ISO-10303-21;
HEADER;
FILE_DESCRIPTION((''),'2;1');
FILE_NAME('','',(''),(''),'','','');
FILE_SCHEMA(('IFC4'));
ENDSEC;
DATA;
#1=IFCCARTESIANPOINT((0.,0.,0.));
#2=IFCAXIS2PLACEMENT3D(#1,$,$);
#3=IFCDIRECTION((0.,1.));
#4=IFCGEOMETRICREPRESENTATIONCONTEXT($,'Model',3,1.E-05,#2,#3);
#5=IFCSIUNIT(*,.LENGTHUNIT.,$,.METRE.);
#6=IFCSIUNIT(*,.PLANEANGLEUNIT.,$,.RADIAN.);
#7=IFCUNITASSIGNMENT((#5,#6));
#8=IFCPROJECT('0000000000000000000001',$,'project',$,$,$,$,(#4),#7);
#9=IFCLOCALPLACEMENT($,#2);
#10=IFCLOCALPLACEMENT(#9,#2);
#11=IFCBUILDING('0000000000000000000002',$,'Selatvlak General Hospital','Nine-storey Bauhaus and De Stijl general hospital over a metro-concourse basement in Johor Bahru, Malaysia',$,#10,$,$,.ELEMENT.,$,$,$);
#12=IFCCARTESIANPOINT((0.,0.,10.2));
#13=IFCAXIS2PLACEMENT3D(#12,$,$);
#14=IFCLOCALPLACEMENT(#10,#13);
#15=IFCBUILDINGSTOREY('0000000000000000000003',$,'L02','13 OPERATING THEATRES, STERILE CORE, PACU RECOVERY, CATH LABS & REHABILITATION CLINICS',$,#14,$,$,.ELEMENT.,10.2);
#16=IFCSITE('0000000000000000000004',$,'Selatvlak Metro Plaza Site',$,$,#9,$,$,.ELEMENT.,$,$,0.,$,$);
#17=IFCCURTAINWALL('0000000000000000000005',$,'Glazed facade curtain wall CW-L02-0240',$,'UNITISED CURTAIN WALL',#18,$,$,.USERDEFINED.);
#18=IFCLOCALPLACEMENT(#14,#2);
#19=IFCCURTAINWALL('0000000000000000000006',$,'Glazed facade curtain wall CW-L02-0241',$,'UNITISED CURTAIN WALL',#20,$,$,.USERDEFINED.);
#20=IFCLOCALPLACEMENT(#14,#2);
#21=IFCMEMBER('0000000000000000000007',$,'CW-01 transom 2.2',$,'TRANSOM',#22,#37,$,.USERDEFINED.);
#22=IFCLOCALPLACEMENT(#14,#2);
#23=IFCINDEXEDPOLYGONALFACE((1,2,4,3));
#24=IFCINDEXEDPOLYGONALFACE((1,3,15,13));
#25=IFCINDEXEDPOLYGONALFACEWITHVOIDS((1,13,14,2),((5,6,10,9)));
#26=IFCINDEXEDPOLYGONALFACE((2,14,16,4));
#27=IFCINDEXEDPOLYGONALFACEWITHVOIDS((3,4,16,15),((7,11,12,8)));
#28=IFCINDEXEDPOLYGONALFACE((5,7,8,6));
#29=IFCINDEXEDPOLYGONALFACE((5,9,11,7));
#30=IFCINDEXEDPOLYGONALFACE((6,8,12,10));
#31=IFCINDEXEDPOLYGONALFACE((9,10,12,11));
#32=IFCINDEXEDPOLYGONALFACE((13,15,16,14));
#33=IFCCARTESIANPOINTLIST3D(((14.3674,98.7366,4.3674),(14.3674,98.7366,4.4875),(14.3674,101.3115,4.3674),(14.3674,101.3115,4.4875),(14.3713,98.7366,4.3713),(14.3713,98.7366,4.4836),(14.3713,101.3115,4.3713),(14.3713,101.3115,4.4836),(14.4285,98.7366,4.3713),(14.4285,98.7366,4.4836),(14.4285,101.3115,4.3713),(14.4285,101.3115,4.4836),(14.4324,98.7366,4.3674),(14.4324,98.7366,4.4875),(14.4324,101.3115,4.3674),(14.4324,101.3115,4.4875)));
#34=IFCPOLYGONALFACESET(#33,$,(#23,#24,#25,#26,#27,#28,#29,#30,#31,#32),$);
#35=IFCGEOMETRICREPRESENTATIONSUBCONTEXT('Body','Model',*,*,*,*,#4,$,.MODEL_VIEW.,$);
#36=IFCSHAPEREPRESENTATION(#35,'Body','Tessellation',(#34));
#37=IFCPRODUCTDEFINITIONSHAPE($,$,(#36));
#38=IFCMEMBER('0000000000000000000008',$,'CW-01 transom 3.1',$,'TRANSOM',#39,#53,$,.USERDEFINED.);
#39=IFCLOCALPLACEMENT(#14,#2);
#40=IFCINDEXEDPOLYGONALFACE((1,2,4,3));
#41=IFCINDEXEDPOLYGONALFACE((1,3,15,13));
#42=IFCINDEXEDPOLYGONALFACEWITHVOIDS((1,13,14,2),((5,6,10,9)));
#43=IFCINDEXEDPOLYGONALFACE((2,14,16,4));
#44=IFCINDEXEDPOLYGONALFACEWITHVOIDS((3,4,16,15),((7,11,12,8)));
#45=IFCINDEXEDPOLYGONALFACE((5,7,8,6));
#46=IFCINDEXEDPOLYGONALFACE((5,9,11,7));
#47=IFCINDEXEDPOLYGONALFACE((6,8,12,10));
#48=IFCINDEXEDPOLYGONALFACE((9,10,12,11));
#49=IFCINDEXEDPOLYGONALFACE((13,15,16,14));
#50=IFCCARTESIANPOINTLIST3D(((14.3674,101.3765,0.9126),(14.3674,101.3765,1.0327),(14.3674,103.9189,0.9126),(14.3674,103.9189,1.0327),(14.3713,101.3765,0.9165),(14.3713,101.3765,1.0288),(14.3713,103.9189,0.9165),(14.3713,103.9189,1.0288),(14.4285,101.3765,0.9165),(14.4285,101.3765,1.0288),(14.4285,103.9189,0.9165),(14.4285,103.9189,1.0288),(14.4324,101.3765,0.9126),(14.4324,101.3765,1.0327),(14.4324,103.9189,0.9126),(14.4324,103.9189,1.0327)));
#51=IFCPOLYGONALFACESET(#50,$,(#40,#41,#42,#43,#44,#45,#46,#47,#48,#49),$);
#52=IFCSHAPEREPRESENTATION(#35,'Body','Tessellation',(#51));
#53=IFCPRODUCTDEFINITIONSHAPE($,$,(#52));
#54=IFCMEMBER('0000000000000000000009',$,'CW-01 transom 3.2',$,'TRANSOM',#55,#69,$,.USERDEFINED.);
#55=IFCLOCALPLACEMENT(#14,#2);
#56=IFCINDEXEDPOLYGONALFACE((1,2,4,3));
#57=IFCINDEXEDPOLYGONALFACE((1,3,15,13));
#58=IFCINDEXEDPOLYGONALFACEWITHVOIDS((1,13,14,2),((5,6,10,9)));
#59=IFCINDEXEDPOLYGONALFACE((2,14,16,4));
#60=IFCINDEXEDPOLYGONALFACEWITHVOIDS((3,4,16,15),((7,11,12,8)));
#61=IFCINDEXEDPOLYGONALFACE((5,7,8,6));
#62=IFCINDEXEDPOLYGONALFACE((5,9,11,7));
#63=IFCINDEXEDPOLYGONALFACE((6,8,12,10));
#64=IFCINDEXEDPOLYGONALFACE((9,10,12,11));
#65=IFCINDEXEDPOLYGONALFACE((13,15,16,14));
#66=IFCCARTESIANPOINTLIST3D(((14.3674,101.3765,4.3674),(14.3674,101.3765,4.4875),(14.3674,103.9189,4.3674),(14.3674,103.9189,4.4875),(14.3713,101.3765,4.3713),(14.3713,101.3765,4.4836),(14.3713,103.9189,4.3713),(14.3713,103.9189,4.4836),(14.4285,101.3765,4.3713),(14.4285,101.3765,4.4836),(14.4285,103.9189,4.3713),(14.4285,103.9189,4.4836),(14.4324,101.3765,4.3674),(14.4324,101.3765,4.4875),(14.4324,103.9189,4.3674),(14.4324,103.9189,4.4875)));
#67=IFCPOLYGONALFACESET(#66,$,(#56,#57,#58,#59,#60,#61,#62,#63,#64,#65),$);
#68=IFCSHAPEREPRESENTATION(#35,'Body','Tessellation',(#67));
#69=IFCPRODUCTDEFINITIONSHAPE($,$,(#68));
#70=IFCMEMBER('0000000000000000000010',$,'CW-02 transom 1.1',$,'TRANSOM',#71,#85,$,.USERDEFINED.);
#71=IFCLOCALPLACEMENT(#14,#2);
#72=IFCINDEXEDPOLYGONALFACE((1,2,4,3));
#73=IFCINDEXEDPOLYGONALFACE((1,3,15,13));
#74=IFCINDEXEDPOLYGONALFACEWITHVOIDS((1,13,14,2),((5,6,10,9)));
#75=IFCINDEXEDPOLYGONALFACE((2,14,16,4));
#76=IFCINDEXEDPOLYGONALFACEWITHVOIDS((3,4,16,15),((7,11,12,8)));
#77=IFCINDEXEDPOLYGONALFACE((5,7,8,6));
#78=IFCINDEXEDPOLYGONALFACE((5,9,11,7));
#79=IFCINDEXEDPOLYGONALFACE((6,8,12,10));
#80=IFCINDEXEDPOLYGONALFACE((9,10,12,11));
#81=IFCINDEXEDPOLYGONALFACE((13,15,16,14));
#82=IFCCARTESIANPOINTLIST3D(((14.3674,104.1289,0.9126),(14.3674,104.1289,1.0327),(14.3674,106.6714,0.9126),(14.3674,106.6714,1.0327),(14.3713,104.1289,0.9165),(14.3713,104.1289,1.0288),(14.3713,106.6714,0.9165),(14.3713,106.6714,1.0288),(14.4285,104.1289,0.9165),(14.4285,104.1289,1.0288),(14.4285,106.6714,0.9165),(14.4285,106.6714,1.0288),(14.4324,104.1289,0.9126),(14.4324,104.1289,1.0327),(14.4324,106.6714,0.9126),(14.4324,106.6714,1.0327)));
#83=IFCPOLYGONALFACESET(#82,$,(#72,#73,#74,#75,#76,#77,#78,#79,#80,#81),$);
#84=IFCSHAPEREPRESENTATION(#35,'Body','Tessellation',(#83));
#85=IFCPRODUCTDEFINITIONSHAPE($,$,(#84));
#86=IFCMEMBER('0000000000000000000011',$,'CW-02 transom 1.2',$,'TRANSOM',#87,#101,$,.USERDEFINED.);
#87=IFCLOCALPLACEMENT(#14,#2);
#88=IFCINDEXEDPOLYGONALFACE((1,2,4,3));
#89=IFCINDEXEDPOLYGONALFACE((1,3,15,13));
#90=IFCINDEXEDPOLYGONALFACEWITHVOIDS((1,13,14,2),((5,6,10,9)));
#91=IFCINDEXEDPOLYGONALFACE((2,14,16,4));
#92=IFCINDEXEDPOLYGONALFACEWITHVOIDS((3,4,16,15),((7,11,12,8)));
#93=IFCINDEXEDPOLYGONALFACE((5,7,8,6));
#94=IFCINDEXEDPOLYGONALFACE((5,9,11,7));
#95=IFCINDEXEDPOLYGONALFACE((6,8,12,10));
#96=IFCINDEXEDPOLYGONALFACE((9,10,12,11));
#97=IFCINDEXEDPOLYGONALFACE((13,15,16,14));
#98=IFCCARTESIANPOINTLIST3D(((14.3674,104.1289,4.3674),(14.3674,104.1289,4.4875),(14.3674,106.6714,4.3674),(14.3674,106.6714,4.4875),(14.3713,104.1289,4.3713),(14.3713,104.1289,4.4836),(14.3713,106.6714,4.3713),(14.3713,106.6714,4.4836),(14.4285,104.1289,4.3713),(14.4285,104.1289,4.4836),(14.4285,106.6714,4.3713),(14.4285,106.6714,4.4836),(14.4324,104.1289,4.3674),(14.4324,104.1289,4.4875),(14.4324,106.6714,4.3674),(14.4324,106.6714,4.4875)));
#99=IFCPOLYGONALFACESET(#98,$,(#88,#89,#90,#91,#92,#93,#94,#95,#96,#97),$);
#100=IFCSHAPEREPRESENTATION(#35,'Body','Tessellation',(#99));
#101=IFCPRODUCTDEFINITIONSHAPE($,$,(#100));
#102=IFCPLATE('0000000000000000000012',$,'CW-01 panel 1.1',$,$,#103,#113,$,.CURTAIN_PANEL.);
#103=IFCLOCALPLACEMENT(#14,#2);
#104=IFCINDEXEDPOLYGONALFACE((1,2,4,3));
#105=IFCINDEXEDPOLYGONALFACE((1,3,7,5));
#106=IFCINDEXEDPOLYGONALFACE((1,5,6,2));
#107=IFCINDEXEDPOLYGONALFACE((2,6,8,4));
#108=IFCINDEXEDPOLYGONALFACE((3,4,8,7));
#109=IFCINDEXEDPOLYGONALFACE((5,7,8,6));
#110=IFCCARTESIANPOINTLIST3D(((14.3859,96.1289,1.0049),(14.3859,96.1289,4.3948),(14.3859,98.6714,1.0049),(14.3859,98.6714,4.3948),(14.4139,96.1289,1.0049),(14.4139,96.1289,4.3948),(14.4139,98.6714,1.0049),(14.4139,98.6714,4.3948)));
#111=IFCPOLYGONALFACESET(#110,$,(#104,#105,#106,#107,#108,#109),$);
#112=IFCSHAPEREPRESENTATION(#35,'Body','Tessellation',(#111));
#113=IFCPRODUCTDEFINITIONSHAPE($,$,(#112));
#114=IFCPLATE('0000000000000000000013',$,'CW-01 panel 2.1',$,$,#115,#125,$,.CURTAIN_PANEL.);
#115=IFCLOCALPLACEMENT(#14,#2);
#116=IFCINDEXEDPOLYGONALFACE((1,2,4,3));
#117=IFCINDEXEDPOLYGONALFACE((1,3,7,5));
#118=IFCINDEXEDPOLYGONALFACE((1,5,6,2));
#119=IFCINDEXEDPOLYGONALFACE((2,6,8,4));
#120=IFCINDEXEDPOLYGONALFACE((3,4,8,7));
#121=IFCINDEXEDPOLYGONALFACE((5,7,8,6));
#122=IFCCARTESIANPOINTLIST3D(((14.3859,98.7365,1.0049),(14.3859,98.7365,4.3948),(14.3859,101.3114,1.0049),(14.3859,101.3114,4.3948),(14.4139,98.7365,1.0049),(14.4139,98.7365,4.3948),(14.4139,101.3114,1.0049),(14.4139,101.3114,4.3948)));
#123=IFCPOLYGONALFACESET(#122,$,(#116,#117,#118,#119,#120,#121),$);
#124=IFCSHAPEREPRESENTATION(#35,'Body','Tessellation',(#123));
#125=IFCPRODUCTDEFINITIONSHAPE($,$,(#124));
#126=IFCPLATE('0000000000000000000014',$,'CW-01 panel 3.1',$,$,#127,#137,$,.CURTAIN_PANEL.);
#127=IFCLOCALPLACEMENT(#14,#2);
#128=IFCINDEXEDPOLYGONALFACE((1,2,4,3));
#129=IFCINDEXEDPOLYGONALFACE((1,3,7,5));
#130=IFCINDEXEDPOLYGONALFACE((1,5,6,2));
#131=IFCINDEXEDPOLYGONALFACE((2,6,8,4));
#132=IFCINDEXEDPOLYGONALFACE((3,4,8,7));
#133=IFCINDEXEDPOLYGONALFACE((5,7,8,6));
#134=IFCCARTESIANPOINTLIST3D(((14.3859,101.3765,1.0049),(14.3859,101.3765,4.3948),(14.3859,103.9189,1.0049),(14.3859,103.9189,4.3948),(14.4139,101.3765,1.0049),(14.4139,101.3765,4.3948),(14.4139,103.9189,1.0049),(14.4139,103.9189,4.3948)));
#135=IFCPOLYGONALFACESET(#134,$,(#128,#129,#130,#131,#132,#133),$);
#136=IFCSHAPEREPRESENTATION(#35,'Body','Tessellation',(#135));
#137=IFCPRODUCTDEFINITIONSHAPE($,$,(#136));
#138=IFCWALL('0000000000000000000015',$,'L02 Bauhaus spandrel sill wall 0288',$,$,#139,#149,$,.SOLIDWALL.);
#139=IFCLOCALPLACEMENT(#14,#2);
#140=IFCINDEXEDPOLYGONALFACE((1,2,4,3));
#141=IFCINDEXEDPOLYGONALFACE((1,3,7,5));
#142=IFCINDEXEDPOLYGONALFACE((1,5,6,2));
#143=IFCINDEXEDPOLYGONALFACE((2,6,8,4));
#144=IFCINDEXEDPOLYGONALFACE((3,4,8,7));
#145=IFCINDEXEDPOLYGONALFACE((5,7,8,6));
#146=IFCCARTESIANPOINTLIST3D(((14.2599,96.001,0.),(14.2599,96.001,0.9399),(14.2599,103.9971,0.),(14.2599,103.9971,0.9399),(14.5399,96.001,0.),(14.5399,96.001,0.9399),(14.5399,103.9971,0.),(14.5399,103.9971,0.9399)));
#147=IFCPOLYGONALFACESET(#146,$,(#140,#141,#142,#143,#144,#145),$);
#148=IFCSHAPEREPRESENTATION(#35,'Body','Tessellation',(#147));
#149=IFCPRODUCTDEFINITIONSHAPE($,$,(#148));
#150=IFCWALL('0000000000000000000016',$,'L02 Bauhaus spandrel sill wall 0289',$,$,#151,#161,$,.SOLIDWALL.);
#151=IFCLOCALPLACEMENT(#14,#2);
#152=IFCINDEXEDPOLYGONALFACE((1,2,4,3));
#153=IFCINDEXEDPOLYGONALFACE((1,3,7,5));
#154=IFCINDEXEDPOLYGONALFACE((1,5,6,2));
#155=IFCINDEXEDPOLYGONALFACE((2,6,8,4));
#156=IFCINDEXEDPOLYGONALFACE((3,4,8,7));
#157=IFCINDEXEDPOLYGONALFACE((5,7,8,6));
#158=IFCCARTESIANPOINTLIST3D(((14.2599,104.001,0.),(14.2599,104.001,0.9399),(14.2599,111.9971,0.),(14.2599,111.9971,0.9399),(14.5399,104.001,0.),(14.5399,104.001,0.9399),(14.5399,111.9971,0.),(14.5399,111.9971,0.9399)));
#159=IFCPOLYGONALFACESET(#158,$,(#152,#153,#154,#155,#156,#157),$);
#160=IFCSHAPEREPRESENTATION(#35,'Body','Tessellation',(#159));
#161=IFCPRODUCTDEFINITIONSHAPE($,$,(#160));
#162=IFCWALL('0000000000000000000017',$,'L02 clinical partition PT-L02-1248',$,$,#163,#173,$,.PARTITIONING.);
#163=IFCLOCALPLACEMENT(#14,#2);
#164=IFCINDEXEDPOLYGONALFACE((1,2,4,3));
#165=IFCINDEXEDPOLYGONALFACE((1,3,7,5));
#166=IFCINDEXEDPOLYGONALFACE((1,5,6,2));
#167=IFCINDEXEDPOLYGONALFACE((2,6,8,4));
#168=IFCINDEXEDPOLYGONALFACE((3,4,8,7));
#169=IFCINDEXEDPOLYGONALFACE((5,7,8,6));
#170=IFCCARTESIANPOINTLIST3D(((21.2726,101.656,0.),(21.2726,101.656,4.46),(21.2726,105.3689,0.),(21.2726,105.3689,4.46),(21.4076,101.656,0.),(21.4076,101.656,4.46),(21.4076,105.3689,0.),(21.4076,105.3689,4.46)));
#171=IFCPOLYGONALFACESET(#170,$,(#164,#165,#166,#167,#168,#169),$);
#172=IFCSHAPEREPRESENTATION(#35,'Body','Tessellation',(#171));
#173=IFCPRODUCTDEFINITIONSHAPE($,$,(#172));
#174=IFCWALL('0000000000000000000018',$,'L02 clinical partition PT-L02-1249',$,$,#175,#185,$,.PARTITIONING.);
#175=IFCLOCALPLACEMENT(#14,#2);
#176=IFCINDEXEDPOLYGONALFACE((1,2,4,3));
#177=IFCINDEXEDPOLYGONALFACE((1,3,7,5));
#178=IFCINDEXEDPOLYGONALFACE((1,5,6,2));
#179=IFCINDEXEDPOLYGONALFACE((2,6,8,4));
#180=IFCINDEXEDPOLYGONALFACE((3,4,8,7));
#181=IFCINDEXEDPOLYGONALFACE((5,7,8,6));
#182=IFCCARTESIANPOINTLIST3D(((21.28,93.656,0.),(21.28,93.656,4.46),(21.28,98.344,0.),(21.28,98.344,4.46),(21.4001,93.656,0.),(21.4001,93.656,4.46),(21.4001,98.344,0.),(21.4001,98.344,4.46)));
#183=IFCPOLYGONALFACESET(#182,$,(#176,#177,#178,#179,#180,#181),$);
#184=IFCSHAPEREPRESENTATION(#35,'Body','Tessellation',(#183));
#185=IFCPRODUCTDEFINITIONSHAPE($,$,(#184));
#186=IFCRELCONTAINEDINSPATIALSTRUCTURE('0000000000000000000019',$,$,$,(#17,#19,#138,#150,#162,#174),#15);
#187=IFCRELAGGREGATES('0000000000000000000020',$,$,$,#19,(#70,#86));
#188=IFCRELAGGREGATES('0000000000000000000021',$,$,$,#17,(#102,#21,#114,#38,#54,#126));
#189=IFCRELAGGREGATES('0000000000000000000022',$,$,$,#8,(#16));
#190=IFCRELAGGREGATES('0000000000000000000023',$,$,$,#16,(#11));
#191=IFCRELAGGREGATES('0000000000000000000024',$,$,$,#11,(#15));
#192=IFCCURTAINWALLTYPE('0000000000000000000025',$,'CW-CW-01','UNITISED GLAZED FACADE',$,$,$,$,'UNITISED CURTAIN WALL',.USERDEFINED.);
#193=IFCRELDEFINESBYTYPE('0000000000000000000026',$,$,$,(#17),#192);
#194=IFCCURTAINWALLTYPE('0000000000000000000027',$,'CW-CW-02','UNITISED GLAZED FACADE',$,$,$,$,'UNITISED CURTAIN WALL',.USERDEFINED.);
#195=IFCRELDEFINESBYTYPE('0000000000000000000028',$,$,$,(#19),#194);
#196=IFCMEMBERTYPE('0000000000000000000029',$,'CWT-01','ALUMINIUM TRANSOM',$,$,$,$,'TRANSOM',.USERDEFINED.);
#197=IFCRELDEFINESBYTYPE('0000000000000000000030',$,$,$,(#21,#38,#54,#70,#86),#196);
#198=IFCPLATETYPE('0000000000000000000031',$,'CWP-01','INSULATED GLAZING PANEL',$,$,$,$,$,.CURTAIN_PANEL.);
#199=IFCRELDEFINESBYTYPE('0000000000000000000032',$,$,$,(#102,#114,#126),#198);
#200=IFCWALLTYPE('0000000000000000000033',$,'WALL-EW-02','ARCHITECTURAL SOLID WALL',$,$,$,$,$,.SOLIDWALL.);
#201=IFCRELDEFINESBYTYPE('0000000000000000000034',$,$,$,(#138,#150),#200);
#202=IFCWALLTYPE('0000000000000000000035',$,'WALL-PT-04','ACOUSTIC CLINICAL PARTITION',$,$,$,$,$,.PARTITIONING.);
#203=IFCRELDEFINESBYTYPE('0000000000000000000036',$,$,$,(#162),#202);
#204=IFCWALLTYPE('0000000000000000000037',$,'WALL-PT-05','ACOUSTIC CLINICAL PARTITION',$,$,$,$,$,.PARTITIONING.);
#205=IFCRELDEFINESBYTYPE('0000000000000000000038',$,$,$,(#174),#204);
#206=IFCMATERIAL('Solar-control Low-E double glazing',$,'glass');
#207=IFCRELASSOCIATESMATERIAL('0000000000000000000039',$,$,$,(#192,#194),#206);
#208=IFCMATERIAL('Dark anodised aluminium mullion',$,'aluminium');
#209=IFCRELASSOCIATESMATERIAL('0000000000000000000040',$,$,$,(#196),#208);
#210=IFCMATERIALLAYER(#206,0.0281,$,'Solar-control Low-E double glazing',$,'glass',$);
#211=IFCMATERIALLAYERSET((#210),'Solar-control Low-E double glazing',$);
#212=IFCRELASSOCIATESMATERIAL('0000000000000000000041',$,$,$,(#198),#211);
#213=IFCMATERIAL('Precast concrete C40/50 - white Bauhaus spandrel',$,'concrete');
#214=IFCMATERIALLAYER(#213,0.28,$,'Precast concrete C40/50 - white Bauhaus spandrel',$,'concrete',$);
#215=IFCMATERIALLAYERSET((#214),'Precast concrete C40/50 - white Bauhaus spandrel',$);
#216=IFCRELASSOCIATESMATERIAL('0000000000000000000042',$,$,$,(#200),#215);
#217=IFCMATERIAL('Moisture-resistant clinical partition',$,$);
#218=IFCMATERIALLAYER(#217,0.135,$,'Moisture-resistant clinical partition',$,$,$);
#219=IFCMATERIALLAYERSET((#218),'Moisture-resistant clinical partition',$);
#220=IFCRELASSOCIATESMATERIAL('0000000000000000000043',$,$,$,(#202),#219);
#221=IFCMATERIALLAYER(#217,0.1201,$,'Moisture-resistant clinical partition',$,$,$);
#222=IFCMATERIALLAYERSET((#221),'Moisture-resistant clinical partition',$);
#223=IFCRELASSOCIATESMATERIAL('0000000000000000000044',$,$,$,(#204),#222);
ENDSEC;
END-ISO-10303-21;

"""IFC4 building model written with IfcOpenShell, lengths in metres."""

from ifc_helpers import new_model, si_unit, direction, frame, frame_2d, origin, origin_2d, place, context, subcontext, project, spatial, rectangle, hollow_rectangle, extrude, material, layer, layer_set, material_profile, profile_set, type_object, element, aggregate, save


model = new_model("IFC4")

# Units and contexts
model_context = context("Model", 3, precision=1e-05, world=origin(), true_north=direction((0.0, 1.0)))
body_context = subcontext(model_context, "Body", "Model", "MODEL_VIEW")
ifc_project = project(units=[si_unit("LENGTHUNIT", "METRE"), si_unit("PLANEANGLEUNIT", "RADIAN")], contexts=[model_context])

# Site, building, storey
site_placement = place(None, origin())
site = spatial("IfcSite", under=ifc_project, at=site_placement, Name="Selatvlak Metro Plaza Site", CompositionType="ELEMENT", RefElevation=0.0)
building_placement = place(site_placement, origin())
building = spatial("IfcBuilding", under=site, at=building_placement, Name="Selatvlak General Hospital", Description="Nine-storey Bauhaus and De Stijl general hospital over a metro-concourse basement in Johor Bahru, Malaysia", CompositionType="ELEMENT")
storey_placement = place(building_placement, frame((0.0, 0.0, 10.2)))
storey = spatial("IfcBuildingStorey", under=building, at=storey_placement, Name="L02", Description="13 OPERATING THEATRES, STERILE CORE, PACU RECOVERY, CATH LABS & REHABILITATION CLINICS", CompositionType="ELEMENT", Elevation=10.2)

# Curtain wall
ifc_material_1 = material(Name="Solar-control Low-E double glazing", Category="glass")
curtain_wall_type_1 = type_object("IfcCurtainWallType", Name="CW-CW-01", Description="UNITISED GLAZED FACADE", ElementType="UNITISED CURTAIN WALL", PredefinedType="USERDEFINED", material=ifc_material_1)
curtain_wall_1_placement = place(storey_placement, origin())
curtain_wall_1 = element("IfcCurtainWall", 1, at=curtain_wall_1_placement, inside=storey, type_object=curtain_wall_type_1, Name="Glazed facade curtain wall CW-L02-0240", ObjectType="UNITISED CURTAIN WALL", PredefinedType="USERDEFINED")
ifc_material_2 = material(Name="Dark anodised aluminium mullion", Category="aluminium")

# Curtain wall
curtain_wall_type_2 = type_object("IfcCurtainWallType", Name="CW-CW-02", Description="UNITISED GLAZED FACADE", ElementType="UNITISED CURTAIN WALL", PredefinedType="USERDEFINED", material=ifc_material_1)
curtain_wall_2_placement = place(storey_placement, origin())
curtain_wall_2 = element("IfcCurtainWall", 2, at=curtain_wall_2_placement, inside=storey, type_object=curtain_wall_type_2, Name="Glazed facade curtain wall CW-L02-0241", ObjectType="UNITISED CURTAIN WALL", PredefinedType="USERDEFINED")

# Members
ifc_material_profile_1 = material_profile(ifc_material_2, hollow_rectangle(XDim=0.0649, YDim=0.1201, WallThickness=0.0039, at=origin_2d()), Name="AL-TRN 65x120x4")
ifc_profile_set_1 = profile_set([ifc_material_profile_1], Name="Dark anodised aluminium mullion")
member_type_1 = type_object("IfcMemberType", Name="CWT-01", Description="ALUMINIUM TRANSOM", ElementType="TRANSOM", PredefinedType="USERDEFINED", material=ifc_profile_set_1)
member_1_placement = place(storey_placement, frame((14.3999, 98.7366, 4.4275), z_axis=(0.0, 1.0, 0.0), x_axis=(-1.0, 0.0, 0.0)))
member_1 = element("IfcMember", 3, at=member_1_placement, type_object=member_type_1, Name="CW-01 transom 2.2", ObjectType="TRANSOM", PredefinedType="USERDEFINED", context=body_context, shape_type="SweptSolid", body=[
    extrude(hollow_rectangle(XDim=0.0649, YDim=0.1201, WallThickness=0.0039, at=origin_2d()), origin(), (0.0, 0.0, 1.0), 2.575),
])
member_2_placement = place(storey_placement, frame((14.3999, 101.3765, 0.9727), z_axis=(0.0, 1.0, 0.0), x_axis=(-1.0, 0.0, 0.0)))
member_2 = element("IfcMember", 4, at=member_2_placement, type_object=member_type_1, Name="CW-01 transom 3.1", ObjectType="TRANSOM", PredefinedType="USERDEFINED", context=body_context, shape_type="SweptSolid", body=[
    extrude(hollow_rectangle(XDim=0.0649, YDim=0.1201, WallThickness=0.0039, at=origin_2d()), origin(), (0.0, 0.0, 1.0), 2.5425),
])
member_3_placement = place(storey_placement, frame((14.3999, 101.3765, 4.4275), z_axis=(0.0, 1.0, 0.0), x_axis=(-1.0, 0.0, 0.0)))
member_3 = element("IfcMember", 5, at=member_3_placement, type_object=member_type_1, Name="CW-01 transom 3.2", ObjectType="TRANSOM", PredefinedType="USERDEFINED", context=body_context, shape_type="SweptSolid", body=[
    extrude(hollow_rectangle(XDim=0.0649, YDim=0.1201, WallThickness=0.0039, at=origin_2d()), origin(), (0.0, 0.0, 1.0), 2.5425),
])
member_4_placement = place(storey_placement, frame((14.3999, 104.1289, 0.9727), z_axis=(0.0, 1.0, 0.0), x_axis=(-1.0, 0.0, 0.0)))
member_4 = element("IfcMember", 6, at=member_4_placement, type_object=member_type_1, Name="CW-02 transom 1.1", ObjectType="TRANSOM", PredefinedType="USERDEFINED", context=body_context, shape_type="SweptSolid", body=[
    extrude(hollow_rectangle(XDim=0.0649, YDim=0.1201, WallThickness=0.0039, at=origin_2d()), origin(), (0.0, 0.0, 1.0), 2.5425),
])
member_5_placement = place(storey_placement, frame((14.3999, 104.1289, 4.4275), z_axis=(0.0, 1.0, 0.0), x_axis=(-1.0, 0.0, 0.0)))
member_5 = element("IfcMember", 7, at=member_5_placement, type_object=member_type_1, Name="CW-02 transom 1.2", ObjectType="TRANSOM", PredefinedType="USERDEFINED", context=body_context, shape_type="SweptSolid", body=[
    extrude(hollow_rectangle(XDim=0.0649, YDim=0.1201, WallThickness=0.0039, at=origin_2d()), origin(), (0.0, 0.0, 1.0), 2.5425),
])
aggregate(curtain_wall_2, [member_4, member_5])

# Plates
ifc_layer_1 = layer(ifc_material_1, 0.0281, Name="Solar-control Low-E double glazing", Category="glass")
ifc_layer_set_1 = layer_set([ifc_layer_1], Name="Solar-control Low-E double glazing")
plate_type = type_object("IfcPlateType", Name="CWP-01", Description="INSULATED GLAZING PANEL", PredefinedType="CURTAIN_PANEL", material=ifc_layer_set_1)
plate_1_placement = place(storey_placement, frame((14.3999, 97.4001, 1.0049), z_axis=(0.0, 0.0, 1.0), x_axis=(0.0, 1.0, 0.0)))
plate_1 = element("IfcPlate", 8, at=plate_1_placement, type_object=plate_type, Name="CW-01 panel 1.1", PredefinedType="CURTAIN_PANEL", context=body_context, shape_type="SweptSolid", body=[
    extrude(rectangle(XDim=2.5425, YDim=0.0281, at=origin_2d()), origin(), (0.0, 0.0, 1.0), 3.3899),
])
plate_2_placement = place(storey_placement, frame((14.3999, 100.0239, 1.0049), z_axis=(0.0, 0.0, 1.0), x_axis=(0.0, 1.0, 0.0)))
plate_2 = element("IfcPlate", 9, at=plate_2_placement, type_object=plate_type, Name="CW-01 panel 2.1", PredefinedType="CURTAIN_PANEL", context=body_context, shape_type="SweptSolid", body=[
    extrude(rectangle(XDim=2.575, YDim=0.0281, at=origin_2d()), origin(), (0.0, 0.0, 1.0), 3.3899),
])
plate_3_placement = place(storey_placement, frame((14.3999, 102.6477, 1.0049), z_axis=(0.0, 0.0, 1.0), x_axis=(0.0, 1.0, 0.0)))
plate_3 = element("IfcPlate", 10, at=plate_3_placement, type_object=plate_type, Name="CW-01 panel 3.1", PredefinedType="CURTAIN_PANEL", context=body_context, shape_type="SweptSolid", body=[
    extrude(rectangle(XDim=2.5425, YDim=0.0281, at=origin_2d()), origin(), (0.0, 0.0, 1.0), 3.3899),
])
aggregate(curtain_wall_1, [plate_1, member_1, plate_2, member_2, member_3, plate_3])

# Walls
ifc_material_3 = material(Name="Precast concrete C40/50 - white Bauhaus spandrel", Category="concrete")
ifc_layer_2 = layer(ifc_material_3, 0.28, Name="Precast concrete C40/50 - white Bauhaus spandrel", Category="concrete")
ifc_layer_set_2 = layer_set([ifc_layer_2], Name="Precast concrete C40/50 - white Bauhaus spandrel")
wall_type_1 = type_object("IfcWallType", Name="WALL-EW-02", Description="ARCHITECTURAL SOLID WALL", PredefinedType="SOLIDWALL", material=ifc_layer_set_2)
for number, where, z_axis, x_axis, name in (
    (11, (14.3999, 96.001, 0.0), (0.0, 0.0, 1.0), (0.0, 1.0, 0.0), "L02 Bauhaus spandrel sill wall 0288"),
    (12, (14.3999, 104.001, 0.0), (0.0, 0.0, 1.0), (0.0, 1.0, 0.0), "L02 Bauhaus spandrel sill wall 0289"),
):
    element("IfcWall", number, at=place(storey_placement, frame(where, z_axis=z_axis, x_axis=x_axis)), inside=storey, type_object=wall_type_1, Name=name, PredefinedType="SOLIDWALL", context=body_context, shape_type="SweptSolid", body=[
        extrude(rectangle(XDim=7.9961, YDim=0.28, at=frame_2d((3.998, 0.0))), origin(), (0.0, 0.0, 1.0), 0.9399),
    ])
ifc_material_4 = material(Name="Moisture-resistant clinical partition")
ifc_layer_3 = layer(ifc_material_4, 0.135, Name="Moisture-resistant clinical partition")
ifc_layer_set_3 = layer_set([ifc_layer_3], Name="Moisture-resistant clinical partition")
wall_type_2 = type_object("IfcWallType", Name="WALL-PT-04", Description="ACOUSTIC CLINICAL PARTITION", PredefinedType="PARTITIONING", material=ifc_layer_set_3)
wall_1_placement = place(storey_placement, frame((21.3401, 105.3689, 0.0), z_axis=(0.0, 0.0, 1.0), x_axis=(0.0, -1.0, 0.0)))
element("IfcWall", 13, at=wall_1_placement, inside=storey, type_object=wall_type_2, Name="L02 clinical partition PT-L02-1248", PredefinedType="PARTITIONING", context=body_context, shape_type="SweptSolid", body=[
    extrude(rectangle(XDim=3.7129, YDim=0.135, at=frame_2d((1.8564, 0.0))), origin(), (0.0, 0.0, 1.0), 4.46),
])
ifc_layer_4 = layer(ifc_material_4, 0.1201, Name="Moisture-resistant clinical partition")
ifc_layer_set_4 = layer_set([ifc_layer_4], Name="Moisture-resistant clinical partition")
wall_type_3 = type_object("IfcWallType", Name="WALL-PT-05", Description="ACOUSTIC CLINICAL PARTITION", PredefinedType="PARTITIONING", material=ifc_layer_set_4)
wall_2_placement = place(storey_placement, frame((21.3401, 98.344, 0.0), z_axis=(0.0, 0.0, 1.0), x_axis=(0.0, -1.0, 0.0)))
element("IfcWall", 14, at=wall_2_placement, inside=storey, type_object=wall_type_3, Name="L02 clinical partition PT-L02-1249", PredefinedType="PARTITIONING", context=body_context, shape_type="SweptSolid", body=[
    extrude(rectangle(XDim=4.688, YDim=0.1201, at=frame_2d((2.344, 0.0))), origin(), (0.0, 0.0, 1.0), 4.46),
])

save(model, "model.ifc")
